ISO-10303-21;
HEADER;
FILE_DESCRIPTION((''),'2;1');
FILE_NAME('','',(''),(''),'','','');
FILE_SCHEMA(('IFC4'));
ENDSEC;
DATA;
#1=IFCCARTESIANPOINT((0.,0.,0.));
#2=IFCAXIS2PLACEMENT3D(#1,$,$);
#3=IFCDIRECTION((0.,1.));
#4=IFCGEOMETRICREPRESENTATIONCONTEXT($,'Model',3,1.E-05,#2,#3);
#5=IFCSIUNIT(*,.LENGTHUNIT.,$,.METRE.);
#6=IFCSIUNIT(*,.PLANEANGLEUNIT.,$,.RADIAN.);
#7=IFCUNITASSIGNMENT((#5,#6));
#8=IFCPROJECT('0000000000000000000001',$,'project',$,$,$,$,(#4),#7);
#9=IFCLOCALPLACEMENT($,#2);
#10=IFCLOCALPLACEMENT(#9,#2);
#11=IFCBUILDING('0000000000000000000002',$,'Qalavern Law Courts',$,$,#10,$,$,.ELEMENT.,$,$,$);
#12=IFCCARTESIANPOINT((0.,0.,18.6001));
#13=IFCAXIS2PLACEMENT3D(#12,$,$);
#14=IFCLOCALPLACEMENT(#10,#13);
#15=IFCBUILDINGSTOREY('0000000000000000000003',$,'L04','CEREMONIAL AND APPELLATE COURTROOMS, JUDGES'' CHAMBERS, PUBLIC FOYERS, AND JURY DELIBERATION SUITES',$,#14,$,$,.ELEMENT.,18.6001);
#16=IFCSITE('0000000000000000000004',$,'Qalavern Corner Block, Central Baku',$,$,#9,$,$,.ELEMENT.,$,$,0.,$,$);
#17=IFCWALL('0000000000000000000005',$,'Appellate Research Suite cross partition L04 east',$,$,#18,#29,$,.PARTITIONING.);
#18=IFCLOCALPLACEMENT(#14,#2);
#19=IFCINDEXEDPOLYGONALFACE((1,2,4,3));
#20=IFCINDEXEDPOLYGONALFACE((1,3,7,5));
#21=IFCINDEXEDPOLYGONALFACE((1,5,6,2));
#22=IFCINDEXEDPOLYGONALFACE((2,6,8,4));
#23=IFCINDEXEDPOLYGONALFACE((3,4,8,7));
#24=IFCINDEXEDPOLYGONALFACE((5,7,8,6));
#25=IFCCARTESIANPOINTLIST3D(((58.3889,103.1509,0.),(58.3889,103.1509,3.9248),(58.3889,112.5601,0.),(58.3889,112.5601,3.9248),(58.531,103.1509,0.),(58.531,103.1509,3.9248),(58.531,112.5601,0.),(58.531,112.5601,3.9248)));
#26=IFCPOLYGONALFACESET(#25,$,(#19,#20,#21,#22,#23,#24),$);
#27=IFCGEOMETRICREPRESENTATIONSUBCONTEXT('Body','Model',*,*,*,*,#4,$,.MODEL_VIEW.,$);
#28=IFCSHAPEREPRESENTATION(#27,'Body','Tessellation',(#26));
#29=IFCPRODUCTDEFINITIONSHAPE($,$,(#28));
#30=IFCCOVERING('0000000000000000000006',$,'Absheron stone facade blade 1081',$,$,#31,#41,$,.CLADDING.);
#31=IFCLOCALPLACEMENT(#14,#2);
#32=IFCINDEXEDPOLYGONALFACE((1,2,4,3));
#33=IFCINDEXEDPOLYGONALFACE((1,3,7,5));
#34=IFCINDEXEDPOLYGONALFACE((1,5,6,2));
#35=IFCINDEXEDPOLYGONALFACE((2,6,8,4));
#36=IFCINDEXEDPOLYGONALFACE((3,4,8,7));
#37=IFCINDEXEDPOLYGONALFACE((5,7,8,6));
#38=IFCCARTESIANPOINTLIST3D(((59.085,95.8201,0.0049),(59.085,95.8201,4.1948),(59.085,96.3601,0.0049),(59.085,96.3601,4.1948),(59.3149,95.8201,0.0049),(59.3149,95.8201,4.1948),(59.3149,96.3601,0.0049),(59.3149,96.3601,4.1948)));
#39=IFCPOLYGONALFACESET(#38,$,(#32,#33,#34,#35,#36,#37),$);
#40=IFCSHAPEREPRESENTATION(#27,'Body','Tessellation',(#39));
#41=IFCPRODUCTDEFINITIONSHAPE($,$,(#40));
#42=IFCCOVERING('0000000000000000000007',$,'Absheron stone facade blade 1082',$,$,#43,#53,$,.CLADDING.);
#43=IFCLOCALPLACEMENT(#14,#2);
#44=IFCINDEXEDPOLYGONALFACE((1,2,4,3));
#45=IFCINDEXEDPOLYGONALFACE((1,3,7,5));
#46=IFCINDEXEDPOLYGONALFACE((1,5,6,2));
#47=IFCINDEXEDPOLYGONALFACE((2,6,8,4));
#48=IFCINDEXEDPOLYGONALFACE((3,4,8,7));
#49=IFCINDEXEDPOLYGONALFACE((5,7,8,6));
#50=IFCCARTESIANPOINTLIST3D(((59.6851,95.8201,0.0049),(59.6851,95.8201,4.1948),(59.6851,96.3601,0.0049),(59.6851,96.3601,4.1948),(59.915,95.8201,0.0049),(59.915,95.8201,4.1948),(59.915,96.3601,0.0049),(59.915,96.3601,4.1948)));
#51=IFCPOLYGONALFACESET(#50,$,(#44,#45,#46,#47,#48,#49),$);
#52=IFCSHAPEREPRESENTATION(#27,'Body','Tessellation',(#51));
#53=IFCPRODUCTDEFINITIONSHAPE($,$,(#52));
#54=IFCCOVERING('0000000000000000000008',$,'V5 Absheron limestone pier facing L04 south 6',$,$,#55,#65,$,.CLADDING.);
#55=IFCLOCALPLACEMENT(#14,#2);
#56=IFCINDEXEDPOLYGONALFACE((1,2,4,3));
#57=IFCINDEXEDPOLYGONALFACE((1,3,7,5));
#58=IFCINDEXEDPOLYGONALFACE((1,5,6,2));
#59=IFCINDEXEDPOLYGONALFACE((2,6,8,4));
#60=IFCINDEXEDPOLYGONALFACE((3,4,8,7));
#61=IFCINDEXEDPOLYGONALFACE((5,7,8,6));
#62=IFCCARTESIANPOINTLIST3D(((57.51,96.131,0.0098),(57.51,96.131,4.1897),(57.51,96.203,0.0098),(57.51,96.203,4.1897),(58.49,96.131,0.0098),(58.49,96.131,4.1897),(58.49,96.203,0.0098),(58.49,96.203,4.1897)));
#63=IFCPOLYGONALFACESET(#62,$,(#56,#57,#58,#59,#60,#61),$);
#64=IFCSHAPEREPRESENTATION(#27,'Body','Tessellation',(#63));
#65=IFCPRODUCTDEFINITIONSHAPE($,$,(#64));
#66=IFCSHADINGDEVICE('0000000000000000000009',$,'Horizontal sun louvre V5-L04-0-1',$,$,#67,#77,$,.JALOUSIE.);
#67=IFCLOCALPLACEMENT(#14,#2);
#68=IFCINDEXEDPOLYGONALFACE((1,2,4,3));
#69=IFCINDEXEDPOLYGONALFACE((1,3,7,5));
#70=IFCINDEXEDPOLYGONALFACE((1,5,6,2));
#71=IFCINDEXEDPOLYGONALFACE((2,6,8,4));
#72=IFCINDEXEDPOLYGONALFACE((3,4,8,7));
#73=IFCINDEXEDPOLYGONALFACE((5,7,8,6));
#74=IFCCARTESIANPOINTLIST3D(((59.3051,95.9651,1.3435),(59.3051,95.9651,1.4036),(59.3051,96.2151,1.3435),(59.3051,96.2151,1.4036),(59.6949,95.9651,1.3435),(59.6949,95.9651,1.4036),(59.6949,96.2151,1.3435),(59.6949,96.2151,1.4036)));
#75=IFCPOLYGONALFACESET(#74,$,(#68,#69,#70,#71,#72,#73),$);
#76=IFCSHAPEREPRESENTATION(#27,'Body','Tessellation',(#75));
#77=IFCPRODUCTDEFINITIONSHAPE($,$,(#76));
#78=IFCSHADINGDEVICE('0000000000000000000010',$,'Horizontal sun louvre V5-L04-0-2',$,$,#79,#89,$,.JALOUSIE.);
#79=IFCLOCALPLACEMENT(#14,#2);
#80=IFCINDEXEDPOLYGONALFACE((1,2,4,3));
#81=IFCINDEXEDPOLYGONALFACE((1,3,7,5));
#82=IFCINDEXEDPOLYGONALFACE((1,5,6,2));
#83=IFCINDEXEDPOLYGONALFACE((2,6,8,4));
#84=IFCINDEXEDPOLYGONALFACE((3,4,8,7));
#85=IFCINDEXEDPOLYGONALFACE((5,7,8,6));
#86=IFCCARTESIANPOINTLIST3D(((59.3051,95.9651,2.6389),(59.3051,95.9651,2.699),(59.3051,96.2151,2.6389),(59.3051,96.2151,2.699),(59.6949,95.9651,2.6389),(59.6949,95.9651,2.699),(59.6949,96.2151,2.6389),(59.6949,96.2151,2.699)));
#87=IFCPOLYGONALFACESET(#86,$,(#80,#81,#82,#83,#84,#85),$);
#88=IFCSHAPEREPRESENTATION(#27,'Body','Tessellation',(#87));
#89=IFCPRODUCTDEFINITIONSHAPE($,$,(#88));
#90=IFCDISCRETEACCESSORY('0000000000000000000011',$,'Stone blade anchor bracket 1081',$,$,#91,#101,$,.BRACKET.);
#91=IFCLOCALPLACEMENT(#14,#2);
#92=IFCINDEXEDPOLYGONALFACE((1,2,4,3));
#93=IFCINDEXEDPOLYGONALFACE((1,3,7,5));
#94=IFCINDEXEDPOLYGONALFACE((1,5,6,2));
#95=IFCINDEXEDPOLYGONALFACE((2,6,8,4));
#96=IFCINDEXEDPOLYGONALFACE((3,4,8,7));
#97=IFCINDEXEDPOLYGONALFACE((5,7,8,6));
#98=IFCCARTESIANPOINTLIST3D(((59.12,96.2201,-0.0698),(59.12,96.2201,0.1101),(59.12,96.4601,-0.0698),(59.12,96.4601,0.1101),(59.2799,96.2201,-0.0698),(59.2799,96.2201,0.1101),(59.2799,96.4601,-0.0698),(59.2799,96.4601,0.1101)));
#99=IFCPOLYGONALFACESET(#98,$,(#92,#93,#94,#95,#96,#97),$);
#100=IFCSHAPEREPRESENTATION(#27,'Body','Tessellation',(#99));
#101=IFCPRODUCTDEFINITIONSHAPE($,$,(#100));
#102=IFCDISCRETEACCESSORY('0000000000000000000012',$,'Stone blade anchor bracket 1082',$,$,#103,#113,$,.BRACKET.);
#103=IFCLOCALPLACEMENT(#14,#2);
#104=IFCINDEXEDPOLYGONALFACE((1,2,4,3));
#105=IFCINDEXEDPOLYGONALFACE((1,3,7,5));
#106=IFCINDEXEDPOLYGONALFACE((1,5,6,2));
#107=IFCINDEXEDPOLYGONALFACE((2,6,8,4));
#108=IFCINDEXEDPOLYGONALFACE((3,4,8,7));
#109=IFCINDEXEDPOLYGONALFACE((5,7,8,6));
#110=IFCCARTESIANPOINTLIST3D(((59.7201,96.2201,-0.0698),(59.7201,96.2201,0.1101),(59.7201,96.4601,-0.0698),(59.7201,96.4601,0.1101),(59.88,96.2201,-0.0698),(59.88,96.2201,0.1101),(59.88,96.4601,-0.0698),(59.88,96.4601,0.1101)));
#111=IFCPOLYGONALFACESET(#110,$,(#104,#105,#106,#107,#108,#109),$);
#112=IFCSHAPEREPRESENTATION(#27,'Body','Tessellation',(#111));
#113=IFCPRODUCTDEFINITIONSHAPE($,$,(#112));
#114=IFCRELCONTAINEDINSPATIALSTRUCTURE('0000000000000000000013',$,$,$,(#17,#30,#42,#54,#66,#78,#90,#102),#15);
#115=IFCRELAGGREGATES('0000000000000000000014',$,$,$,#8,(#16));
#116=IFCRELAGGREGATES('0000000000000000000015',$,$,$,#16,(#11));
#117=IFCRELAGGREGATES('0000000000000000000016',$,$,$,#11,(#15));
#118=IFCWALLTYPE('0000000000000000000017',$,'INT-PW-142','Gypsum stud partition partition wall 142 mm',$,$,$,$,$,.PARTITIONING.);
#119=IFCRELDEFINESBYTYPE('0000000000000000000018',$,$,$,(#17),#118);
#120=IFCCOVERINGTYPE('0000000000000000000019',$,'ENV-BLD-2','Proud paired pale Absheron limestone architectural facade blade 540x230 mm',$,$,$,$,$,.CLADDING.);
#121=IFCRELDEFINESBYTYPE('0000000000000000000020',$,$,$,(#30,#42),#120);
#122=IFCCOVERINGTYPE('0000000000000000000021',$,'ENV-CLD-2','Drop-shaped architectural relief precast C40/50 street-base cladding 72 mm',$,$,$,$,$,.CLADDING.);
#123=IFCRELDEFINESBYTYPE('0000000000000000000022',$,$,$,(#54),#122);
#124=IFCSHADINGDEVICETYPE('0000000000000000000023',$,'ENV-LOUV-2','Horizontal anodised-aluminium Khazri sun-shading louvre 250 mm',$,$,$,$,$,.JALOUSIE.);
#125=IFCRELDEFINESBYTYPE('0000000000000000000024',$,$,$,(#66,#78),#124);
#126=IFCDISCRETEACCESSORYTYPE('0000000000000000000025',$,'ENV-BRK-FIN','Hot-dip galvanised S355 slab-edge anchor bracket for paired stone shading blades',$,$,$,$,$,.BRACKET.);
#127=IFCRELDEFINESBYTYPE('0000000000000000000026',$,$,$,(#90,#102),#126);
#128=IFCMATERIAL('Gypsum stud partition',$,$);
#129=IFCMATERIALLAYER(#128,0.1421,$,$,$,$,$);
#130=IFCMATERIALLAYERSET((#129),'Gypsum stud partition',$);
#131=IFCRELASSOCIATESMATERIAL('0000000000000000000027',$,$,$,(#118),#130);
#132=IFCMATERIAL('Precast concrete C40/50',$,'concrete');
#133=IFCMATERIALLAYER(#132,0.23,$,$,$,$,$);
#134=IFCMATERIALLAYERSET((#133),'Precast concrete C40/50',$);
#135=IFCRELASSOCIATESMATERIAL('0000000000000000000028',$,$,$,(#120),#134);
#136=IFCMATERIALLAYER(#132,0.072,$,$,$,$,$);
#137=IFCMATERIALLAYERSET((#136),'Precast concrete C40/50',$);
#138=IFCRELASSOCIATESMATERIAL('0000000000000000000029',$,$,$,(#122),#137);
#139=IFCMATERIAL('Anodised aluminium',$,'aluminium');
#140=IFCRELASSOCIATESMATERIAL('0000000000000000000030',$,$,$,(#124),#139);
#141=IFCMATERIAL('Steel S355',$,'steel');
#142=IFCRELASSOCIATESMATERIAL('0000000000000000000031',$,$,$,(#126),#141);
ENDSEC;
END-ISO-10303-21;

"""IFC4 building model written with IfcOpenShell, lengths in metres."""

from ifc_helpers import new_model, si_unit, direction, frame, frame_2d, origin, origin_2d, place, context, subcontext, project, spatial, rectangle, extrude, material, layer, layer_set, type_object, element, save


model = new_model("IFC4")

# Units and contexts
model_context = context("Model", 3, precision=1e-05, world=origin(), true_north=direction((0.0, 1.0)))
body_context = subcontext(model_context, "Body", "Model", "MODEL_VIEW")
ifc_project = project(units=[si_unit("LENGTHUNIT", "METRE"), si_unit("PLANEANGLEUNIT", "RADIAN")], contexts=[model_context])

# Site, building, storey
site_placement = place(None, origin())
site = spatial("IfcSite", under=ifc_project, at=site_placement, Name="Qalavern Corner Block, Central Baku", CompositionType="ELEMENT", RefElevation=0.0)
building_placement = place(site_placement, origin())
building = spatial("IfcBuilding", under=site, at=building_placement, Name="Qalavern Law Courts", CompositionType="ELEMENT")
storey_placement = place(building_placement, frame((0.0, 0.0, 18.6001)))
storey = spatial("IfcBuildingStorey", under=building, at=storey_placement, Name="L04", Description="CEREMONIAL AND APPELLATE COURTROOMS, JUDGES' CHAMBERS, PUBLIC FOYERS, AND JURY DELIBERATION SUITES", CompositionType="ELEMENT", Elevation=18.6001)

# Shared definitions
ifc_material_1 = material(Name="Anodised aluminium", Category="aluminium")

# Shared definitions
ifc_material_2 = material(Name="Steel S355", Category="steel")

# Shared definitions
ifc_material_3 = material(Name="Gypsum stud partition")

# Wall
ifc_layer_1 = layer(ifc_material_3, 0.1421)
ifc_layer_set_1 = layer_set([ifc_layer_1], Name="Gypsum stud partition")
wall_type_1 = type_object("IfcWallType", Name="INT-PW-142", Description="Gypsum stud partition partition wall 142 mm", PredefinedType="PARTITIONING", material=ifc_layer_set_1)
wall_1_placement = place(storey_placement, frame((58.46, 103.1509, 0.0), z_axis=(0.0, 0.0, 1.0), x_axis=(0.0, 1.0, 0.0)))
element("IfcWall", 1, at=wall_1_placement, inside=storey, type_object=wall_type_1, Name="Appellate Research Suite cross partition L04 east", PredefinedType="PARTITIONING", context=body_context, shape_type="SweptSolid", body=[
    extrude(rectangle(XDim=9.4092, YDim=0.1421, at=frame_2d((4.7046, 0.0))), origin(), (0.0, 0.0, 1.0), 3.9248),
])

# Coverings
ifc_material_4 = material(Name="Precast concrete C40/50", Category="concrete")
ifc_layer_2 = layer(ifc_material_4, 0.23)
ifc_layer_set_2 = layer_set([ifc_layer_2], Name="Precast concrete C40/50")
covering_type_1 = type_object("IfcCoveringType", Name="ENV-BLD-2", Description="Proud paired pale Absheron limestone architectural facade blade 540x230 mm", PredefinedType="CLADDING", material=ifc_layer_set_2)
for number, where, z_axis, x_axis, name in (
    (2, (59.2, 96.0901, 0.0049), (0.0, 0.0, 1.0), (0.0, -1.0, 0.0), "Absheron stone facade blade 1081"),
    (3, (59.8, 96.0901, 0.0049), (0.0, 0.0, 1.0), (0.0, -1.0, 0.0), "Absheron stone facade blade 1082"),
):
    element("IfcCovering", number, at=place(storey_placement, frame(where, z_axis=z_axis, x_axis=x_axis)), inside=storey, type_object=covering_type_1, Name=name, PredefinedType="CLADDING", context=body_context, shape_type="SweptSolid", body=[
        extrude(rectangle(XDim=0.54, YDim=0.23, at=origin_2d()), origin(), (0.0, 0.0, 1.0), 4.1899),
    ])
ifc_layer_3 = layer(ifc_material_4, 0.072)
ifc_layer_set_3 = layer_set([ifc_layer_3], Name="Precast concrete C40/50")
covering_type_2 = type_object("IfcCoveringType", Name="ENV-CLD-2", Description="Drop-shaped architectural relief precast C40/50 street-base cladding 72 mm", PredefinedType="CLADDING", material=ifc_layer_set_3)
covering_placement = place(storey_placement, frame((58.0, 96.167, 0.0098), z_axis=(0.0, 0.0, 1.0), x_axis=(1.0, 0.0, 0.0)))
element("IfcCovering", 4, at=covering_placement, inside=storey, type_object=covering_type_2, Name="V5 Absheron limestone pier facing L04 south 6", PredefinedType="CLADDING", context=body_context, shape_type="SweptSolid", body=[
    extrude(rectangle(XDim=0.98, YDim=0.072, at=origin_2d()), origin(), (0.0, 0.0, 1.0), 4.1799),
])

# Shading devices
shading_device_type = type_object("IfcShadingDeviceType", Name="ENV-LOUV-2", Description="Horizontal anodised-aluminium Khazri sun-shading louvre 250 mm", PredefinedType="JALOUSIE", material=ifc_material_1)
for number, where, z_axis, x_axis, name in (
    (5, (59.5, 96.0901, 1.3435), (0.0, 0.0, 1.0), (1.0, 0.0, 0.0), "Horizontal sun louvre V5-L04-0-1"),
    (6, (59.5, 96.0901, 2.6389), (0.0, 0.0, 1.0), (1.0, 0.0, 0.0), "Horizontal sun louvre V5-L04-0-2"),
):
    element("IfcShadingDevice", number, at=place(storey_placement, frame(where, z_axis=z_axis, x_axis=x_axis)), inside=storey, type_object=shading_device_type, Name=name, PredefinedType="JALOUSIE", context=body_context, shape_type="SweptSolid", body=[
        extrude(rectangle(XDim=0.3899, YDim=0.25, at=origin_2d()), origin(), (0.0, 0.0, 1.0), 0.0601),
    ])

# Discrete accessories
discrete_accessory_type = type_object("IfcDiscreteAccessoryType", Name="ENV-BRK-FIN", Description="Hot-dip galvanised S355 slab-edge anchor bracket for paired stone shading blades", PredefinedType="BRACKET", material=ifc_material_2)
for number, where, z_axis, x_axis, name in (
    (7, (59.2, 96.3401, -0.0698), (0.0, 0.0, 1.0), (0.0, -1.0, 0.0), "Stone blade anchor bracket 1081"),
    (8, (59.8, 96.3401, -0.0698), (0.0, 0.0, 1.0), (0.0, -1.0, 0.0), "Stone blade anchor bracket 1082"),
):
    element("IfcDiscreteAccessory", number, at=place(storey_placement, frame(where, z_axis=z_axis, x_axis=x_axis)), inside=storey, type_object=discrete_accessory_type, Name=name, PredefinedType="BRACKET", context=body_context, shape_type="SweptSolid", body=[
        extrude(rectangle(XDim=0.24, YDim=0.1599, at=origin_2d()), origin(), (0.0, 0.0, 1.0), 0.1799),
    ])

save(model, "model.ifc")
